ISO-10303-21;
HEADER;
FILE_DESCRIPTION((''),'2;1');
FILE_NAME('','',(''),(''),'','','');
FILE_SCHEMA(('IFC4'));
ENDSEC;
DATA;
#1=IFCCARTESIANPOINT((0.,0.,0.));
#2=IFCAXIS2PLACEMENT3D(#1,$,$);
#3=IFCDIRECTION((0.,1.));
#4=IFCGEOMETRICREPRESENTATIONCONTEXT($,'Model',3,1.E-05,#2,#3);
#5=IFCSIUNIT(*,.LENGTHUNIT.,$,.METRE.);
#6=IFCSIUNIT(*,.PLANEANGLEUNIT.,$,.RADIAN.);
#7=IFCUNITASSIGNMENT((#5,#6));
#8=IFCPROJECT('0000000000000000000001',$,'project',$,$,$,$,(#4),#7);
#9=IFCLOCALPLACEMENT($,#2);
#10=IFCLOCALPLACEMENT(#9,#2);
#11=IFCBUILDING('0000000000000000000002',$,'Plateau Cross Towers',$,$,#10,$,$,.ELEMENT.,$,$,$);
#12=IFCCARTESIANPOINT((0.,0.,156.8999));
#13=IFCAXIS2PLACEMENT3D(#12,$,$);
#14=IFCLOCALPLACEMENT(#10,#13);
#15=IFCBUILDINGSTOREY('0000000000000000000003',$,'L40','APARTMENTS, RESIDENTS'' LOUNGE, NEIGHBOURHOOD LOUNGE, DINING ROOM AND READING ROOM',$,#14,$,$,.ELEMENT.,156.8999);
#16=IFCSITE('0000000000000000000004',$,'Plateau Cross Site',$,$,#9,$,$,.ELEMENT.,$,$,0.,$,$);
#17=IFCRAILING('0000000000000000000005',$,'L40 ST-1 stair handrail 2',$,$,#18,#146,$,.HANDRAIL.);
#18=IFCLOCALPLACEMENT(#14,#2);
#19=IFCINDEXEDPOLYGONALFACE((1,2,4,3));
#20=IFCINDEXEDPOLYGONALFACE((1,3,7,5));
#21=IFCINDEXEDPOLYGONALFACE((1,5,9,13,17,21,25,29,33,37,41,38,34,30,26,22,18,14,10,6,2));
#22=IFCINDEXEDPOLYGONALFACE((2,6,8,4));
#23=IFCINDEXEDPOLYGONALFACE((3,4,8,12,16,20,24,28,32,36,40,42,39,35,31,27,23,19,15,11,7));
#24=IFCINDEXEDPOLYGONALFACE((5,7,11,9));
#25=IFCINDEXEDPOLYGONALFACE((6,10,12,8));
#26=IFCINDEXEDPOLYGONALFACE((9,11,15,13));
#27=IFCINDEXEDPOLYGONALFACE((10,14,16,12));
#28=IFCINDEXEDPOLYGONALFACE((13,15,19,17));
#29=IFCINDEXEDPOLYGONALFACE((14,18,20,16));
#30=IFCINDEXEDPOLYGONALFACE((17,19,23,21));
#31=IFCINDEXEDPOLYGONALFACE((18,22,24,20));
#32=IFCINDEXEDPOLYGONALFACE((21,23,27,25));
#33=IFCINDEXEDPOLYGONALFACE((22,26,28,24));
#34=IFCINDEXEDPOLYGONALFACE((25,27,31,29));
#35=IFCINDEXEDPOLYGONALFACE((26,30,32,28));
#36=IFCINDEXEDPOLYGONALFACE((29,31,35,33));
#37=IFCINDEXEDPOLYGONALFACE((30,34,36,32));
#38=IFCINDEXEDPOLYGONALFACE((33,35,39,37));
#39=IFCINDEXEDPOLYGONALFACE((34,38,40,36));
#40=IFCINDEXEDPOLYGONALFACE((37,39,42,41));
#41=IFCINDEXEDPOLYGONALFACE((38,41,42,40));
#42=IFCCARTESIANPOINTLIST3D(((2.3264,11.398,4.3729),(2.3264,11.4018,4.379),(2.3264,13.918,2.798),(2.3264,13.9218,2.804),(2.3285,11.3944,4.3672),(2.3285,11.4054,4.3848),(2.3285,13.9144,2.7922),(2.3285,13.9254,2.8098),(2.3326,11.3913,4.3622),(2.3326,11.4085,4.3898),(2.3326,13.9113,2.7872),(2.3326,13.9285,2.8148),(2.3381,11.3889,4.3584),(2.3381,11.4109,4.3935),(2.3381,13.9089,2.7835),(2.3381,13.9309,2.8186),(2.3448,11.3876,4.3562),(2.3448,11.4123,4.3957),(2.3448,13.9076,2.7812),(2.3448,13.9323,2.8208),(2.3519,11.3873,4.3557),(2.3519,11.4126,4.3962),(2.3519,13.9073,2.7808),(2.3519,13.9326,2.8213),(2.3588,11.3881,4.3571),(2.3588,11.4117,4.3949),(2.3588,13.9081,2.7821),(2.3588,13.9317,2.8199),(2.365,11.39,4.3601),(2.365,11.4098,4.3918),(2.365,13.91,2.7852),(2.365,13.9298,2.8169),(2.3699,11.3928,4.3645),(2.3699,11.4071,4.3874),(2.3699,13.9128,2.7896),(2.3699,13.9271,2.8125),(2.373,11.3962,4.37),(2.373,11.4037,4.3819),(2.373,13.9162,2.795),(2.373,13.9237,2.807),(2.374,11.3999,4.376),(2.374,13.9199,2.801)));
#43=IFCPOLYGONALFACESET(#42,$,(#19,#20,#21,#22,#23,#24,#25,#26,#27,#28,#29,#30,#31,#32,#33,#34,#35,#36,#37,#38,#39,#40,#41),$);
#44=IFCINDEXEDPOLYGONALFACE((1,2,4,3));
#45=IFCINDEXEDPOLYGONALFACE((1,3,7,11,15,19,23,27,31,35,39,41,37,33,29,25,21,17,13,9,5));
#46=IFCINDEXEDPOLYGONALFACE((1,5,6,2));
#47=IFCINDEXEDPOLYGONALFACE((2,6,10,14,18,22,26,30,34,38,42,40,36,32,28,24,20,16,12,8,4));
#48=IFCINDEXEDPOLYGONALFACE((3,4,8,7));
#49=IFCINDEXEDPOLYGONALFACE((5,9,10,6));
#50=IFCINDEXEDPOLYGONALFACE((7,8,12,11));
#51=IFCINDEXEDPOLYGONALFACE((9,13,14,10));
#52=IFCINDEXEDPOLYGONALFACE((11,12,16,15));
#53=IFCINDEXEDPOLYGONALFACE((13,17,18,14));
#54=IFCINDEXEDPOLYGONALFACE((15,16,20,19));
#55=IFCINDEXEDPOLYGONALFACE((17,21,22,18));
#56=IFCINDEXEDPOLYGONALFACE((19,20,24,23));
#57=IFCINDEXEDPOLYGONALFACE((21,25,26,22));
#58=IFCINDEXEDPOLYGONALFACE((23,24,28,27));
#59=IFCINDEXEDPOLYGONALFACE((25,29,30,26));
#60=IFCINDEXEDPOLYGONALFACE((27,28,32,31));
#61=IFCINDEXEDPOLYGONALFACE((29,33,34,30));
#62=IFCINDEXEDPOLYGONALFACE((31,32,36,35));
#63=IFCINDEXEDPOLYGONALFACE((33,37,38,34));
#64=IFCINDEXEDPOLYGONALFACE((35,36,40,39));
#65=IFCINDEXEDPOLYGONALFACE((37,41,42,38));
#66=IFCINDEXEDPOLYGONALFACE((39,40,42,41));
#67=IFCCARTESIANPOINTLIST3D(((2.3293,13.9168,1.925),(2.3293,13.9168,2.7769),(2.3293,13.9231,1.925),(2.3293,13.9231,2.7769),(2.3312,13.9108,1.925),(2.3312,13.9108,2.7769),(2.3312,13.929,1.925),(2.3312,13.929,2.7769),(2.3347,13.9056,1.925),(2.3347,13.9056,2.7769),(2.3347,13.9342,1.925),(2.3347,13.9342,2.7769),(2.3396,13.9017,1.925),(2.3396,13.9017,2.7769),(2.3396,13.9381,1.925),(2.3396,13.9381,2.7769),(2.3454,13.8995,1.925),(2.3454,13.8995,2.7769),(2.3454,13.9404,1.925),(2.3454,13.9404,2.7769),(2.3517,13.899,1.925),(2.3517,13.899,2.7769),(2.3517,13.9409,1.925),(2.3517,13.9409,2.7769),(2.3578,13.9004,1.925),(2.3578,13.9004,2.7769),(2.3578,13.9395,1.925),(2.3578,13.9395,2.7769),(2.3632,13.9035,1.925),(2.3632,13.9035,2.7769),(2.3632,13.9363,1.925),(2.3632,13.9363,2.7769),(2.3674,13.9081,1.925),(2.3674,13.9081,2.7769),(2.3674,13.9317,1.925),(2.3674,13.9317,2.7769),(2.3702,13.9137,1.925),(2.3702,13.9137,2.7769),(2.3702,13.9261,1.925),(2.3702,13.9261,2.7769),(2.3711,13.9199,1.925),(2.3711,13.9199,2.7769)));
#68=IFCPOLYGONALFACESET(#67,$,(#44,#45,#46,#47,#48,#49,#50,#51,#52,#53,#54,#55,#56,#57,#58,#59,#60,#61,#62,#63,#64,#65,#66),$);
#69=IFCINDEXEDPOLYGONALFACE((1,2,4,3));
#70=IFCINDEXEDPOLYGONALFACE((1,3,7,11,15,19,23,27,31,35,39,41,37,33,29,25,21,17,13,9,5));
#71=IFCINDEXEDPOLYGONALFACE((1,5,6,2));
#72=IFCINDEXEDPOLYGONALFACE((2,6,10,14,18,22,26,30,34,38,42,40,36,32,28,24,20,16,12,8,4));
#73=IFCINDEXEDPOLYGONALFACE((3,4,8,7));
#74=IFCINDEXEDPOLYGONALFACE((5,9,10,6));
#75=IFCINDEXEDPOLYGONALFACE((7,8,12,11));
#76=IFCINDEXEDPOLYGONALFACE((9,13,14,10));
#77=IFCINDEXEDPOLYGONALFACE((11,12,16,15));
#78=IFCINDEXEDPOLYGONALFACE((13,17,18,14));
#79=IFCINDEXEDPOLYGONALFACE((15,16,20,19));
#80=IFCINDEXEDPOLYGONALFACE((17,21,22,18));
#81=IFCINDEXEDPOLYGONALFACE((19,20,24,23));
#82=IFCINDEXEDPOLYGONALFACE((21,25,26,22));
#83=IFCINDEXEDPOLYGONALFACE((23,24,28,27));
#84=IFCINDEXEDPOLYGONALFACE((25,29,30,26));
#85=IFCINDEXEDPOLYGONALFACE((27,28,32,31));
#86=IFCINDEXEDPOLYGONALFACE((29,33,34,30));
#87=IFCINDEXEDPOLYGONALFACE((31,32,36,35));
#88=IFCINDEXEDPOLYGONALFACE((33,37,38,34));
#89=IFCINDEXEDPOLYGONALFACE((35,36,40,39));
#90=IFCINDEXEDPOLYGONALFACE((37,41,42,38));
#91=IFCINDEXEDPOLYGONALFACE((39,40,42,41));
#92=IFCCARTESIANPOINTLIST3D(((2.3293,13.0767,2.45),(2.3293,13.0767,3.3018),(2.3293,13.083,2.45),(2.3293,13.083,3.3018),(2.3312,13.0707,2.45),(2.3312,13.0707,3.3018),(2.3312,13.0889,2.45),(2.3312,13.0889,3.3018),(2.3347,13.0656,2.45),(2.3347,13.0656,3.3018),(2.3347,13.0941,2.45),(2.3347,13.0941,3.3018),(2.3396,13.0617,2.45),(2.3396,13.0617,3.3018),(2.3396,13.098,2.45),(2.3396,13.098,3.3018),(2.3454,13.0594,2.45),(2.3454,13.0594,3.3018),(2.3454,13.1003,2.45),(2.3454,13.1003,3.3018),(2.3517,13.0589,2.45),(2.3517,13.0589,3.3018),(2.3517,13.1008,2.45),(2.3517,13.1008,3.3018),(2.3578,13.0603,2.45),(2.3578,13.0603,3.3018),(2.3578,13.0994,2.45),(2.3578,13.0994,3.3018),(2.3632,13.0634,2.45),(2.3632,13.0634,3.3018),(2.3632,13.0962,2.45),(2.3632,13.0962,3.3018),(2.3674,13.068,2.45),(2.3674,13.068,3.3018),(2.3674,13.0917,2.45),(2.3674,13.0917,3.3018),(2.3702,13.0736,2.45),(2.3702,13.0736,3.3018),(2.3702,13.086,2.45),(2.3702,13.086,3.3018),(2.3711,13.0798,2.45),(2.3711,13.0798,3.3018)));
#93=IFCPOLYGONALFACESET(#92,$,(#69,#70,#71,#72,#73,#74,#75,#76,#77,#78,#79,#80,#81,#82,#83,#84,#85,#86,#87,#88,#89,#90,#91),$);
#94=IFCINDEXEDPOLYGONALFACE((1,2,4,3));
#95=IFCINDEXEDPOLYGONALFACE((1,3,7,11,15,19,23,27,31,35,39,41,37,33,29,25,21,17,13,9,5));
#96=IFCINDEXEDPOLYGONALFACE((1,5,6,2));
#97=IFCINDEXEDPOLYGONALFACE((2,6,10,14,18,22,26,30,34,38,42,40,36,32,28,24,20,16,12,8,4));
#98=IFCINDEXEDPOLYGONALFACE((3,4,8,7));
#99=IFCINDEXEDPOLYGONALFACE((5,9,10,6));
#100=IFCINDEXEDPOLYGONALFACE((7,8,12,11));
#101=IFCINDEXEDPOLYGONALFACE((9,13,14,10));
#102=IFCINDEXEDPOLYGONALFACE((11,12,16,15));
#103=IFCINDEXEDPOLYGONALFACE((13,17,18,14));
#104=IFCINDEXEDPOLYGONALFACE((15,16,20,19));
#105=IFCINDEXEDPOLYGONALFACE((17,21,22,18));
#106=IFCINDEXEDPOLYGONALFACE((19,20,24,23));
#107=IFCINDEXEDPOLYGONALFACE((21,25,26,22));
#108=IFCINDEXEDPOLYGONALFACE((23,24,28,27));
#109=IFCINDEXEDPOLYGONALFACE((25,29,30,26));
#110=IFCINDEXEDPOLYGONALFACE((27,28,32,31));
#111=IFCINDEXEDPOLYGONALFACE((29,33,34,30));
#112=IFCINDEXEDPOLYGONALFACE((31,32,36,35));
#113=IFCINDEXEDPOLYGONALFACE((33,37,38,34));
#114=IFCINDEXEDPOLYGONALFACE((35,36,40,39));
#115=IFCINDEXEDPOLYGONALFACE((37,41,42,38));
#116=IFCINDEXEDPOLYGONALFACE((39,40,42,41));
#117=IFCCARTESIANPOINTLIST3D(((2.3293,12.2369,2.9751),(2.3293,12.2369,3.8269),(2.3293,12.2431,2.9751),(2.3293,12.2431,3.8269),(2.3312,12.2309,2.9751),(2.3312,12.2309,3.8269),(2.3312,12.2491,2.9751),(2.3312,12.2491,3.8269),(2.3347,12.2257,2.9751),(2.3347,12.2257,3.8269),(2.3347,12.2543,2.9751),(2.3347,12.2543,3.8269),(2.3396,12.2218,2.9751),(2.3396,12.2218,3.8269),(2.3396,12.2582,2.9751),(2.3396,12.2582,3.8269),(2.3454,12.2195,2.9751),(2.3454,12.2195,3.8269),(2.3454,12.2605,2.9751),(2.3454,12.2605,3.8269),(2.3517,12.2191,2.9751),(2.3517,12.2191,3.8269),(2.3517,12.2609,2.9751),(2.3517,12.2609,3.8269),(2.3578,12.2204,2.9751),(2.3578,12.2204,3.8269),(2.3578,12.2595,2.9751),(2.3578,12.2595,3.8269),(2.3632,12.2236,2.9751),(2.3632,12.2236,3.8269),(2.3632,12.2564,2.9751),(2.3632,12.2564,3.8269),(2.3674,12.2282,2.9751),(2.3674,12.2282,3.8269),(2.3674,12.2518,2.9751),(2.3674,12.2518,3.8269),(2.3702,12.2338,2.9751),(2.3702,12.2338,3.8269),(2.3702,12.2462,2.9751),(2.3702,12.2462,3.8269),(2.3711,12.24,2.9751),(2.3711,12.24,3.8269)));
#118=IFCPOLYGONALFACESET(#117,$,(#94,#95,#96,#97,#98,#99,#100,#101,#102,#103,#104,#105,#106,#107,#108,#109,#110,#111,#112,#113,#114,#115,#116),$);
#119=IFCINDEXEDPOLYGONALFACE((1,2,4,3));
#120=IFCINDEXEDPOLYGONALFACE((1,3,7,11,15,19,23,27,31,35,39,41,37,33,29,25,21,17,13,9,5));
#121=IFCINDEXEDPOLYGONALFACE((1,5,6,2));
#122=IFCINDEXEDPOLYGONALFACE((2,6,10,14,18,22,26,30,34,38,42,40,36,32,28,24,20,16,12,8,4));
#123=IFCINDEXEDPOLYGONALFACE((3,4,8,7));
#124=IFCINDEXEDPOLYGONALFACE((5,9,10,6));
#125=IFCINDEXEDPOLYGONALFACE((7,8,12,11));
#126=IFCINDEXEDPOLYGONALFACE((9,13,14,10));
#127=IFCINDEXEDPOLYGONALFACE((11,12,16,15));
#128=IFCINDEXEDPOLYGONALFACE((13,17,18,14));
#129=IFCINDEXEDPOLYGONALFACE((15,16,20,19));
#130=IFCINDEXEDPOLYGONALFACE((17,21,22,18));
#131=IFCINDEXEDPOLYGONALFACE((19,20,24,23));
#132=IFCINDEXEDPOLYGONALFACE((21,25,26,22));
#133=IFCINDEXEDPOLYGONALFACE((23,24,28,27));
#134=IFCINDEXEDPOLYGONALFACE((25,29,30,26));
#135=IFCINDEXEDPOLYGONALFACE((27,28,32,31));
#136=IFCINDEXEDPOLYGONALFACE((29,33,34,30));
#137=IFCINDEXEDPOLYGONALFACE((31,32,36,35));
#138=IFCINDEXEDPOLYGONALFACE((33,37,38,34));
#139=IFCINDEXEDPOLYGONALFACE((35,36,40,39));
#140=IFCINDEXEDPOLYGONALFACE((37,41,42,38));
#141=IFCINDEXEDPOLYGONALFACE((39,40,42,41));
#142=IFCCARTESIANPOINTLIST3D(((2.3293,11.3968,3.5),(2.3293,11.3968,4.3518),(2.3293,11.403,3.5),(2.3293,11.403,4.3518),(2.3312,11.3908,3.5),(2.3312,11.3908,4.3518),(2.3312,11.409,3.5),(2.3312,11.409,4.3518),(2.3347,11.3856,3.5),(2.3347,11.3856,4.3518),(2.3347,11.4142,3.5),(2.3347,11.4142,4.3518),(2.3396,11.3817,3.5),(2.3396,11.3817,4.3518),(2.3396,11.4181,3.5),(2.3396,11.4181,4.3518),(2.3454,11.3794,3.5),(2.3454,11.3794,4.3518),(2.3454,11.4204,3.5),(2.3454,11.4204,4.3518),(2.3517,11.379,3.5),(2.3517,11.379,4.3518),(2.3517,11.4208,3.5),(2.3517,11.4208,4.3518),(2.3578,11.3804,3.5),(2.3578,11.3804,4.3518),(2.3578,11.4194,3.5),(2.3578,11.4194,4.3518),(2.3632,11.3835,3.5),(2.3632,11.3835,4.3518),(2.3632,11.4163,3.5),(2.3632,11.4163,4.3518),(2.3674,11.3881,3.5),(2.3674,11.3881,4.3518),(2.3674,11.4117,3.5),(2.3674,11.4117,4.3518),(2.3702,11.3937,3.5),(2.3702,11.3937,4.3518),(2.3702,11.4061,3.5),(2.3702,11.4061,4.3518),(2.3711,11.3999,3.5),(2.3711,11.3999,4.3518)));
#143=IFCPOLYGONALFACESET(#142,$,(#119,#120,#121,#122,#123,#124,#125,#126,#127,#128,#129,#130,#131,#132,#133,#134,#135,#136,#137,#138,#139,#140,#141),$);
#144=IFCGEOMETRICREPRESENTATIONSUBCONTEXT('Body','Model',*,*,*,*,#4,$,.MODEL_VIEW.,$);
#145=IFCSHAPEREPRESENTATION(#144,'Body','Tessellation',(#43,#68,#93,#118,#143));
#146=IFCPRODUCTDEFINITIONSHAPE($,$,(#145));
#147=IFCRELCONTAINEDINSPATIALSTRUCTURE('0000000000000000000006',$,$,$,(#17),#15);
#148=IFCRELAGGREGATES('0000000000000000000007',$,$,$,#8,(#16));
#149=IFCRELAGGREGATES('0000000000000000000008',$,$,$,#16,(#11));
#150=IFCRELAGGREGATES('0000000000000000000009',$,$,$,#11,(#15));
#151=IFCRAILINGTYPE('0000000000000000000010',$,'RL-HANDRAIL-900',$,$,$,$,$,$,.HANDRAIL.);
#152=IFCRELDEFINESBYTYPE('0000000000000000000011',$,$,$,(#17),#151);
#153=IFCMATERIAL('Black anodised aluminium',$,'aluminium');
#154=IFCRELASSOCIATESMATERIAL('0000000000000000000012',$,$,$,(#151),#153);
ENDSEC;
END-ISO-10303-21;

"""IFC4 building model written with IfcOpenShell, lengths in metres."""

from ifc_helpers import new_model, si_unit, direction, frame, origin, origin_2d, place, context, subcontext, project, spatial, circle, extrude, material, type_object, element, save


model = new_model("IFC4")

# Units and contexts
model_context = context("Model", 3, precision=1e-05, world=origin(), true_north=direction((0.0, 1.0)))
body_context = subcontext(model_context, "Body", "Model", "MODEL_VIEW")
ifc_project = project(units=[si_unit("LENGTHUNIT", "METRE"), si_unit("PLANEANGLEUNIT", "RADIAN")], contexts=[model_context])

# Site, building, storey
site_placement = place(None, origin())
site = spatial("IfcSite", under=ifc_project, at=site_placement, Name="Plateau Cross Site", CompositionType="ELEMENT", RefElevation=0.0)
building_placement = place(site_placement, origin())
building = spatial("IfcBuilding", under=site, at=building_placement, Name="Plateau Cross Towers", CompositionType="ELEMENT")
storey_placement = place(building_placement, frame((0.0, 0.0, 156.8999)))
storey = spatial("IfcBuildingStorey", under=building, at=storey_placement, Name="L40", Description="APARTMENTS, RESIDENTS' LOUNGE, NEIGHBOURHOOD LOUNGE, DINING ROOM AND READING ROOM", CompositionType="ELEMENT", Elevation=156.8999)

# Shared definitions
ifc_material_1 = material(Name="Black anodised aluminium", Category="aluminium")

# Railing
railing_type = type_object("IfcRailingType", Name="RL-HANDRAIL-900", PredefinedType="HANDRAIL", material=ifc_material_1)
railing_placement = place(storey_placement, frame((2.3501, 13.9199, 1.925)))
element("IfcRailing", 1, at=railing_placement, inside=storey, type_object=railing_type, Name="L40 ST-1 stair handrail 2", PredefinedType="HANDRAIL", context=body_context, shape_type="SweptSolid", body=[
    extrude(circle(Radius=0.0239, at=origin_2d()), frame((0.0, 0.0, 0.876), z_axis=(0.0, -0.848008, 0.529984), x_axis=(1.0, 0.0, 0.0)), (0.0, 0.0, 1.0), 2.9717),
    extrude(circle(Radius=0.021, at=origin_2d()), origin(), (0.0, 0.0, 1.0), 0.8518),
    extrude(circle(Radius=0.021, at=origin_2d()), frame((0.0, -0.8401, 0.5249)), (0.0, 0.0, 1.0), 0.8518),
    extrude(circle(Radius=0.021, at=origin_2d()), frame((0.0, -1.6799, 1.05)), (0.0, 0.0, 1.0), 0.8518),
    extrude(circle(Radius=0.021, at=origin_2d()), frame((0.0, -2.52, 1.575)), (0.0, 0.0, 1.0), 0.8518),
])

save(model, "model.ifc")
